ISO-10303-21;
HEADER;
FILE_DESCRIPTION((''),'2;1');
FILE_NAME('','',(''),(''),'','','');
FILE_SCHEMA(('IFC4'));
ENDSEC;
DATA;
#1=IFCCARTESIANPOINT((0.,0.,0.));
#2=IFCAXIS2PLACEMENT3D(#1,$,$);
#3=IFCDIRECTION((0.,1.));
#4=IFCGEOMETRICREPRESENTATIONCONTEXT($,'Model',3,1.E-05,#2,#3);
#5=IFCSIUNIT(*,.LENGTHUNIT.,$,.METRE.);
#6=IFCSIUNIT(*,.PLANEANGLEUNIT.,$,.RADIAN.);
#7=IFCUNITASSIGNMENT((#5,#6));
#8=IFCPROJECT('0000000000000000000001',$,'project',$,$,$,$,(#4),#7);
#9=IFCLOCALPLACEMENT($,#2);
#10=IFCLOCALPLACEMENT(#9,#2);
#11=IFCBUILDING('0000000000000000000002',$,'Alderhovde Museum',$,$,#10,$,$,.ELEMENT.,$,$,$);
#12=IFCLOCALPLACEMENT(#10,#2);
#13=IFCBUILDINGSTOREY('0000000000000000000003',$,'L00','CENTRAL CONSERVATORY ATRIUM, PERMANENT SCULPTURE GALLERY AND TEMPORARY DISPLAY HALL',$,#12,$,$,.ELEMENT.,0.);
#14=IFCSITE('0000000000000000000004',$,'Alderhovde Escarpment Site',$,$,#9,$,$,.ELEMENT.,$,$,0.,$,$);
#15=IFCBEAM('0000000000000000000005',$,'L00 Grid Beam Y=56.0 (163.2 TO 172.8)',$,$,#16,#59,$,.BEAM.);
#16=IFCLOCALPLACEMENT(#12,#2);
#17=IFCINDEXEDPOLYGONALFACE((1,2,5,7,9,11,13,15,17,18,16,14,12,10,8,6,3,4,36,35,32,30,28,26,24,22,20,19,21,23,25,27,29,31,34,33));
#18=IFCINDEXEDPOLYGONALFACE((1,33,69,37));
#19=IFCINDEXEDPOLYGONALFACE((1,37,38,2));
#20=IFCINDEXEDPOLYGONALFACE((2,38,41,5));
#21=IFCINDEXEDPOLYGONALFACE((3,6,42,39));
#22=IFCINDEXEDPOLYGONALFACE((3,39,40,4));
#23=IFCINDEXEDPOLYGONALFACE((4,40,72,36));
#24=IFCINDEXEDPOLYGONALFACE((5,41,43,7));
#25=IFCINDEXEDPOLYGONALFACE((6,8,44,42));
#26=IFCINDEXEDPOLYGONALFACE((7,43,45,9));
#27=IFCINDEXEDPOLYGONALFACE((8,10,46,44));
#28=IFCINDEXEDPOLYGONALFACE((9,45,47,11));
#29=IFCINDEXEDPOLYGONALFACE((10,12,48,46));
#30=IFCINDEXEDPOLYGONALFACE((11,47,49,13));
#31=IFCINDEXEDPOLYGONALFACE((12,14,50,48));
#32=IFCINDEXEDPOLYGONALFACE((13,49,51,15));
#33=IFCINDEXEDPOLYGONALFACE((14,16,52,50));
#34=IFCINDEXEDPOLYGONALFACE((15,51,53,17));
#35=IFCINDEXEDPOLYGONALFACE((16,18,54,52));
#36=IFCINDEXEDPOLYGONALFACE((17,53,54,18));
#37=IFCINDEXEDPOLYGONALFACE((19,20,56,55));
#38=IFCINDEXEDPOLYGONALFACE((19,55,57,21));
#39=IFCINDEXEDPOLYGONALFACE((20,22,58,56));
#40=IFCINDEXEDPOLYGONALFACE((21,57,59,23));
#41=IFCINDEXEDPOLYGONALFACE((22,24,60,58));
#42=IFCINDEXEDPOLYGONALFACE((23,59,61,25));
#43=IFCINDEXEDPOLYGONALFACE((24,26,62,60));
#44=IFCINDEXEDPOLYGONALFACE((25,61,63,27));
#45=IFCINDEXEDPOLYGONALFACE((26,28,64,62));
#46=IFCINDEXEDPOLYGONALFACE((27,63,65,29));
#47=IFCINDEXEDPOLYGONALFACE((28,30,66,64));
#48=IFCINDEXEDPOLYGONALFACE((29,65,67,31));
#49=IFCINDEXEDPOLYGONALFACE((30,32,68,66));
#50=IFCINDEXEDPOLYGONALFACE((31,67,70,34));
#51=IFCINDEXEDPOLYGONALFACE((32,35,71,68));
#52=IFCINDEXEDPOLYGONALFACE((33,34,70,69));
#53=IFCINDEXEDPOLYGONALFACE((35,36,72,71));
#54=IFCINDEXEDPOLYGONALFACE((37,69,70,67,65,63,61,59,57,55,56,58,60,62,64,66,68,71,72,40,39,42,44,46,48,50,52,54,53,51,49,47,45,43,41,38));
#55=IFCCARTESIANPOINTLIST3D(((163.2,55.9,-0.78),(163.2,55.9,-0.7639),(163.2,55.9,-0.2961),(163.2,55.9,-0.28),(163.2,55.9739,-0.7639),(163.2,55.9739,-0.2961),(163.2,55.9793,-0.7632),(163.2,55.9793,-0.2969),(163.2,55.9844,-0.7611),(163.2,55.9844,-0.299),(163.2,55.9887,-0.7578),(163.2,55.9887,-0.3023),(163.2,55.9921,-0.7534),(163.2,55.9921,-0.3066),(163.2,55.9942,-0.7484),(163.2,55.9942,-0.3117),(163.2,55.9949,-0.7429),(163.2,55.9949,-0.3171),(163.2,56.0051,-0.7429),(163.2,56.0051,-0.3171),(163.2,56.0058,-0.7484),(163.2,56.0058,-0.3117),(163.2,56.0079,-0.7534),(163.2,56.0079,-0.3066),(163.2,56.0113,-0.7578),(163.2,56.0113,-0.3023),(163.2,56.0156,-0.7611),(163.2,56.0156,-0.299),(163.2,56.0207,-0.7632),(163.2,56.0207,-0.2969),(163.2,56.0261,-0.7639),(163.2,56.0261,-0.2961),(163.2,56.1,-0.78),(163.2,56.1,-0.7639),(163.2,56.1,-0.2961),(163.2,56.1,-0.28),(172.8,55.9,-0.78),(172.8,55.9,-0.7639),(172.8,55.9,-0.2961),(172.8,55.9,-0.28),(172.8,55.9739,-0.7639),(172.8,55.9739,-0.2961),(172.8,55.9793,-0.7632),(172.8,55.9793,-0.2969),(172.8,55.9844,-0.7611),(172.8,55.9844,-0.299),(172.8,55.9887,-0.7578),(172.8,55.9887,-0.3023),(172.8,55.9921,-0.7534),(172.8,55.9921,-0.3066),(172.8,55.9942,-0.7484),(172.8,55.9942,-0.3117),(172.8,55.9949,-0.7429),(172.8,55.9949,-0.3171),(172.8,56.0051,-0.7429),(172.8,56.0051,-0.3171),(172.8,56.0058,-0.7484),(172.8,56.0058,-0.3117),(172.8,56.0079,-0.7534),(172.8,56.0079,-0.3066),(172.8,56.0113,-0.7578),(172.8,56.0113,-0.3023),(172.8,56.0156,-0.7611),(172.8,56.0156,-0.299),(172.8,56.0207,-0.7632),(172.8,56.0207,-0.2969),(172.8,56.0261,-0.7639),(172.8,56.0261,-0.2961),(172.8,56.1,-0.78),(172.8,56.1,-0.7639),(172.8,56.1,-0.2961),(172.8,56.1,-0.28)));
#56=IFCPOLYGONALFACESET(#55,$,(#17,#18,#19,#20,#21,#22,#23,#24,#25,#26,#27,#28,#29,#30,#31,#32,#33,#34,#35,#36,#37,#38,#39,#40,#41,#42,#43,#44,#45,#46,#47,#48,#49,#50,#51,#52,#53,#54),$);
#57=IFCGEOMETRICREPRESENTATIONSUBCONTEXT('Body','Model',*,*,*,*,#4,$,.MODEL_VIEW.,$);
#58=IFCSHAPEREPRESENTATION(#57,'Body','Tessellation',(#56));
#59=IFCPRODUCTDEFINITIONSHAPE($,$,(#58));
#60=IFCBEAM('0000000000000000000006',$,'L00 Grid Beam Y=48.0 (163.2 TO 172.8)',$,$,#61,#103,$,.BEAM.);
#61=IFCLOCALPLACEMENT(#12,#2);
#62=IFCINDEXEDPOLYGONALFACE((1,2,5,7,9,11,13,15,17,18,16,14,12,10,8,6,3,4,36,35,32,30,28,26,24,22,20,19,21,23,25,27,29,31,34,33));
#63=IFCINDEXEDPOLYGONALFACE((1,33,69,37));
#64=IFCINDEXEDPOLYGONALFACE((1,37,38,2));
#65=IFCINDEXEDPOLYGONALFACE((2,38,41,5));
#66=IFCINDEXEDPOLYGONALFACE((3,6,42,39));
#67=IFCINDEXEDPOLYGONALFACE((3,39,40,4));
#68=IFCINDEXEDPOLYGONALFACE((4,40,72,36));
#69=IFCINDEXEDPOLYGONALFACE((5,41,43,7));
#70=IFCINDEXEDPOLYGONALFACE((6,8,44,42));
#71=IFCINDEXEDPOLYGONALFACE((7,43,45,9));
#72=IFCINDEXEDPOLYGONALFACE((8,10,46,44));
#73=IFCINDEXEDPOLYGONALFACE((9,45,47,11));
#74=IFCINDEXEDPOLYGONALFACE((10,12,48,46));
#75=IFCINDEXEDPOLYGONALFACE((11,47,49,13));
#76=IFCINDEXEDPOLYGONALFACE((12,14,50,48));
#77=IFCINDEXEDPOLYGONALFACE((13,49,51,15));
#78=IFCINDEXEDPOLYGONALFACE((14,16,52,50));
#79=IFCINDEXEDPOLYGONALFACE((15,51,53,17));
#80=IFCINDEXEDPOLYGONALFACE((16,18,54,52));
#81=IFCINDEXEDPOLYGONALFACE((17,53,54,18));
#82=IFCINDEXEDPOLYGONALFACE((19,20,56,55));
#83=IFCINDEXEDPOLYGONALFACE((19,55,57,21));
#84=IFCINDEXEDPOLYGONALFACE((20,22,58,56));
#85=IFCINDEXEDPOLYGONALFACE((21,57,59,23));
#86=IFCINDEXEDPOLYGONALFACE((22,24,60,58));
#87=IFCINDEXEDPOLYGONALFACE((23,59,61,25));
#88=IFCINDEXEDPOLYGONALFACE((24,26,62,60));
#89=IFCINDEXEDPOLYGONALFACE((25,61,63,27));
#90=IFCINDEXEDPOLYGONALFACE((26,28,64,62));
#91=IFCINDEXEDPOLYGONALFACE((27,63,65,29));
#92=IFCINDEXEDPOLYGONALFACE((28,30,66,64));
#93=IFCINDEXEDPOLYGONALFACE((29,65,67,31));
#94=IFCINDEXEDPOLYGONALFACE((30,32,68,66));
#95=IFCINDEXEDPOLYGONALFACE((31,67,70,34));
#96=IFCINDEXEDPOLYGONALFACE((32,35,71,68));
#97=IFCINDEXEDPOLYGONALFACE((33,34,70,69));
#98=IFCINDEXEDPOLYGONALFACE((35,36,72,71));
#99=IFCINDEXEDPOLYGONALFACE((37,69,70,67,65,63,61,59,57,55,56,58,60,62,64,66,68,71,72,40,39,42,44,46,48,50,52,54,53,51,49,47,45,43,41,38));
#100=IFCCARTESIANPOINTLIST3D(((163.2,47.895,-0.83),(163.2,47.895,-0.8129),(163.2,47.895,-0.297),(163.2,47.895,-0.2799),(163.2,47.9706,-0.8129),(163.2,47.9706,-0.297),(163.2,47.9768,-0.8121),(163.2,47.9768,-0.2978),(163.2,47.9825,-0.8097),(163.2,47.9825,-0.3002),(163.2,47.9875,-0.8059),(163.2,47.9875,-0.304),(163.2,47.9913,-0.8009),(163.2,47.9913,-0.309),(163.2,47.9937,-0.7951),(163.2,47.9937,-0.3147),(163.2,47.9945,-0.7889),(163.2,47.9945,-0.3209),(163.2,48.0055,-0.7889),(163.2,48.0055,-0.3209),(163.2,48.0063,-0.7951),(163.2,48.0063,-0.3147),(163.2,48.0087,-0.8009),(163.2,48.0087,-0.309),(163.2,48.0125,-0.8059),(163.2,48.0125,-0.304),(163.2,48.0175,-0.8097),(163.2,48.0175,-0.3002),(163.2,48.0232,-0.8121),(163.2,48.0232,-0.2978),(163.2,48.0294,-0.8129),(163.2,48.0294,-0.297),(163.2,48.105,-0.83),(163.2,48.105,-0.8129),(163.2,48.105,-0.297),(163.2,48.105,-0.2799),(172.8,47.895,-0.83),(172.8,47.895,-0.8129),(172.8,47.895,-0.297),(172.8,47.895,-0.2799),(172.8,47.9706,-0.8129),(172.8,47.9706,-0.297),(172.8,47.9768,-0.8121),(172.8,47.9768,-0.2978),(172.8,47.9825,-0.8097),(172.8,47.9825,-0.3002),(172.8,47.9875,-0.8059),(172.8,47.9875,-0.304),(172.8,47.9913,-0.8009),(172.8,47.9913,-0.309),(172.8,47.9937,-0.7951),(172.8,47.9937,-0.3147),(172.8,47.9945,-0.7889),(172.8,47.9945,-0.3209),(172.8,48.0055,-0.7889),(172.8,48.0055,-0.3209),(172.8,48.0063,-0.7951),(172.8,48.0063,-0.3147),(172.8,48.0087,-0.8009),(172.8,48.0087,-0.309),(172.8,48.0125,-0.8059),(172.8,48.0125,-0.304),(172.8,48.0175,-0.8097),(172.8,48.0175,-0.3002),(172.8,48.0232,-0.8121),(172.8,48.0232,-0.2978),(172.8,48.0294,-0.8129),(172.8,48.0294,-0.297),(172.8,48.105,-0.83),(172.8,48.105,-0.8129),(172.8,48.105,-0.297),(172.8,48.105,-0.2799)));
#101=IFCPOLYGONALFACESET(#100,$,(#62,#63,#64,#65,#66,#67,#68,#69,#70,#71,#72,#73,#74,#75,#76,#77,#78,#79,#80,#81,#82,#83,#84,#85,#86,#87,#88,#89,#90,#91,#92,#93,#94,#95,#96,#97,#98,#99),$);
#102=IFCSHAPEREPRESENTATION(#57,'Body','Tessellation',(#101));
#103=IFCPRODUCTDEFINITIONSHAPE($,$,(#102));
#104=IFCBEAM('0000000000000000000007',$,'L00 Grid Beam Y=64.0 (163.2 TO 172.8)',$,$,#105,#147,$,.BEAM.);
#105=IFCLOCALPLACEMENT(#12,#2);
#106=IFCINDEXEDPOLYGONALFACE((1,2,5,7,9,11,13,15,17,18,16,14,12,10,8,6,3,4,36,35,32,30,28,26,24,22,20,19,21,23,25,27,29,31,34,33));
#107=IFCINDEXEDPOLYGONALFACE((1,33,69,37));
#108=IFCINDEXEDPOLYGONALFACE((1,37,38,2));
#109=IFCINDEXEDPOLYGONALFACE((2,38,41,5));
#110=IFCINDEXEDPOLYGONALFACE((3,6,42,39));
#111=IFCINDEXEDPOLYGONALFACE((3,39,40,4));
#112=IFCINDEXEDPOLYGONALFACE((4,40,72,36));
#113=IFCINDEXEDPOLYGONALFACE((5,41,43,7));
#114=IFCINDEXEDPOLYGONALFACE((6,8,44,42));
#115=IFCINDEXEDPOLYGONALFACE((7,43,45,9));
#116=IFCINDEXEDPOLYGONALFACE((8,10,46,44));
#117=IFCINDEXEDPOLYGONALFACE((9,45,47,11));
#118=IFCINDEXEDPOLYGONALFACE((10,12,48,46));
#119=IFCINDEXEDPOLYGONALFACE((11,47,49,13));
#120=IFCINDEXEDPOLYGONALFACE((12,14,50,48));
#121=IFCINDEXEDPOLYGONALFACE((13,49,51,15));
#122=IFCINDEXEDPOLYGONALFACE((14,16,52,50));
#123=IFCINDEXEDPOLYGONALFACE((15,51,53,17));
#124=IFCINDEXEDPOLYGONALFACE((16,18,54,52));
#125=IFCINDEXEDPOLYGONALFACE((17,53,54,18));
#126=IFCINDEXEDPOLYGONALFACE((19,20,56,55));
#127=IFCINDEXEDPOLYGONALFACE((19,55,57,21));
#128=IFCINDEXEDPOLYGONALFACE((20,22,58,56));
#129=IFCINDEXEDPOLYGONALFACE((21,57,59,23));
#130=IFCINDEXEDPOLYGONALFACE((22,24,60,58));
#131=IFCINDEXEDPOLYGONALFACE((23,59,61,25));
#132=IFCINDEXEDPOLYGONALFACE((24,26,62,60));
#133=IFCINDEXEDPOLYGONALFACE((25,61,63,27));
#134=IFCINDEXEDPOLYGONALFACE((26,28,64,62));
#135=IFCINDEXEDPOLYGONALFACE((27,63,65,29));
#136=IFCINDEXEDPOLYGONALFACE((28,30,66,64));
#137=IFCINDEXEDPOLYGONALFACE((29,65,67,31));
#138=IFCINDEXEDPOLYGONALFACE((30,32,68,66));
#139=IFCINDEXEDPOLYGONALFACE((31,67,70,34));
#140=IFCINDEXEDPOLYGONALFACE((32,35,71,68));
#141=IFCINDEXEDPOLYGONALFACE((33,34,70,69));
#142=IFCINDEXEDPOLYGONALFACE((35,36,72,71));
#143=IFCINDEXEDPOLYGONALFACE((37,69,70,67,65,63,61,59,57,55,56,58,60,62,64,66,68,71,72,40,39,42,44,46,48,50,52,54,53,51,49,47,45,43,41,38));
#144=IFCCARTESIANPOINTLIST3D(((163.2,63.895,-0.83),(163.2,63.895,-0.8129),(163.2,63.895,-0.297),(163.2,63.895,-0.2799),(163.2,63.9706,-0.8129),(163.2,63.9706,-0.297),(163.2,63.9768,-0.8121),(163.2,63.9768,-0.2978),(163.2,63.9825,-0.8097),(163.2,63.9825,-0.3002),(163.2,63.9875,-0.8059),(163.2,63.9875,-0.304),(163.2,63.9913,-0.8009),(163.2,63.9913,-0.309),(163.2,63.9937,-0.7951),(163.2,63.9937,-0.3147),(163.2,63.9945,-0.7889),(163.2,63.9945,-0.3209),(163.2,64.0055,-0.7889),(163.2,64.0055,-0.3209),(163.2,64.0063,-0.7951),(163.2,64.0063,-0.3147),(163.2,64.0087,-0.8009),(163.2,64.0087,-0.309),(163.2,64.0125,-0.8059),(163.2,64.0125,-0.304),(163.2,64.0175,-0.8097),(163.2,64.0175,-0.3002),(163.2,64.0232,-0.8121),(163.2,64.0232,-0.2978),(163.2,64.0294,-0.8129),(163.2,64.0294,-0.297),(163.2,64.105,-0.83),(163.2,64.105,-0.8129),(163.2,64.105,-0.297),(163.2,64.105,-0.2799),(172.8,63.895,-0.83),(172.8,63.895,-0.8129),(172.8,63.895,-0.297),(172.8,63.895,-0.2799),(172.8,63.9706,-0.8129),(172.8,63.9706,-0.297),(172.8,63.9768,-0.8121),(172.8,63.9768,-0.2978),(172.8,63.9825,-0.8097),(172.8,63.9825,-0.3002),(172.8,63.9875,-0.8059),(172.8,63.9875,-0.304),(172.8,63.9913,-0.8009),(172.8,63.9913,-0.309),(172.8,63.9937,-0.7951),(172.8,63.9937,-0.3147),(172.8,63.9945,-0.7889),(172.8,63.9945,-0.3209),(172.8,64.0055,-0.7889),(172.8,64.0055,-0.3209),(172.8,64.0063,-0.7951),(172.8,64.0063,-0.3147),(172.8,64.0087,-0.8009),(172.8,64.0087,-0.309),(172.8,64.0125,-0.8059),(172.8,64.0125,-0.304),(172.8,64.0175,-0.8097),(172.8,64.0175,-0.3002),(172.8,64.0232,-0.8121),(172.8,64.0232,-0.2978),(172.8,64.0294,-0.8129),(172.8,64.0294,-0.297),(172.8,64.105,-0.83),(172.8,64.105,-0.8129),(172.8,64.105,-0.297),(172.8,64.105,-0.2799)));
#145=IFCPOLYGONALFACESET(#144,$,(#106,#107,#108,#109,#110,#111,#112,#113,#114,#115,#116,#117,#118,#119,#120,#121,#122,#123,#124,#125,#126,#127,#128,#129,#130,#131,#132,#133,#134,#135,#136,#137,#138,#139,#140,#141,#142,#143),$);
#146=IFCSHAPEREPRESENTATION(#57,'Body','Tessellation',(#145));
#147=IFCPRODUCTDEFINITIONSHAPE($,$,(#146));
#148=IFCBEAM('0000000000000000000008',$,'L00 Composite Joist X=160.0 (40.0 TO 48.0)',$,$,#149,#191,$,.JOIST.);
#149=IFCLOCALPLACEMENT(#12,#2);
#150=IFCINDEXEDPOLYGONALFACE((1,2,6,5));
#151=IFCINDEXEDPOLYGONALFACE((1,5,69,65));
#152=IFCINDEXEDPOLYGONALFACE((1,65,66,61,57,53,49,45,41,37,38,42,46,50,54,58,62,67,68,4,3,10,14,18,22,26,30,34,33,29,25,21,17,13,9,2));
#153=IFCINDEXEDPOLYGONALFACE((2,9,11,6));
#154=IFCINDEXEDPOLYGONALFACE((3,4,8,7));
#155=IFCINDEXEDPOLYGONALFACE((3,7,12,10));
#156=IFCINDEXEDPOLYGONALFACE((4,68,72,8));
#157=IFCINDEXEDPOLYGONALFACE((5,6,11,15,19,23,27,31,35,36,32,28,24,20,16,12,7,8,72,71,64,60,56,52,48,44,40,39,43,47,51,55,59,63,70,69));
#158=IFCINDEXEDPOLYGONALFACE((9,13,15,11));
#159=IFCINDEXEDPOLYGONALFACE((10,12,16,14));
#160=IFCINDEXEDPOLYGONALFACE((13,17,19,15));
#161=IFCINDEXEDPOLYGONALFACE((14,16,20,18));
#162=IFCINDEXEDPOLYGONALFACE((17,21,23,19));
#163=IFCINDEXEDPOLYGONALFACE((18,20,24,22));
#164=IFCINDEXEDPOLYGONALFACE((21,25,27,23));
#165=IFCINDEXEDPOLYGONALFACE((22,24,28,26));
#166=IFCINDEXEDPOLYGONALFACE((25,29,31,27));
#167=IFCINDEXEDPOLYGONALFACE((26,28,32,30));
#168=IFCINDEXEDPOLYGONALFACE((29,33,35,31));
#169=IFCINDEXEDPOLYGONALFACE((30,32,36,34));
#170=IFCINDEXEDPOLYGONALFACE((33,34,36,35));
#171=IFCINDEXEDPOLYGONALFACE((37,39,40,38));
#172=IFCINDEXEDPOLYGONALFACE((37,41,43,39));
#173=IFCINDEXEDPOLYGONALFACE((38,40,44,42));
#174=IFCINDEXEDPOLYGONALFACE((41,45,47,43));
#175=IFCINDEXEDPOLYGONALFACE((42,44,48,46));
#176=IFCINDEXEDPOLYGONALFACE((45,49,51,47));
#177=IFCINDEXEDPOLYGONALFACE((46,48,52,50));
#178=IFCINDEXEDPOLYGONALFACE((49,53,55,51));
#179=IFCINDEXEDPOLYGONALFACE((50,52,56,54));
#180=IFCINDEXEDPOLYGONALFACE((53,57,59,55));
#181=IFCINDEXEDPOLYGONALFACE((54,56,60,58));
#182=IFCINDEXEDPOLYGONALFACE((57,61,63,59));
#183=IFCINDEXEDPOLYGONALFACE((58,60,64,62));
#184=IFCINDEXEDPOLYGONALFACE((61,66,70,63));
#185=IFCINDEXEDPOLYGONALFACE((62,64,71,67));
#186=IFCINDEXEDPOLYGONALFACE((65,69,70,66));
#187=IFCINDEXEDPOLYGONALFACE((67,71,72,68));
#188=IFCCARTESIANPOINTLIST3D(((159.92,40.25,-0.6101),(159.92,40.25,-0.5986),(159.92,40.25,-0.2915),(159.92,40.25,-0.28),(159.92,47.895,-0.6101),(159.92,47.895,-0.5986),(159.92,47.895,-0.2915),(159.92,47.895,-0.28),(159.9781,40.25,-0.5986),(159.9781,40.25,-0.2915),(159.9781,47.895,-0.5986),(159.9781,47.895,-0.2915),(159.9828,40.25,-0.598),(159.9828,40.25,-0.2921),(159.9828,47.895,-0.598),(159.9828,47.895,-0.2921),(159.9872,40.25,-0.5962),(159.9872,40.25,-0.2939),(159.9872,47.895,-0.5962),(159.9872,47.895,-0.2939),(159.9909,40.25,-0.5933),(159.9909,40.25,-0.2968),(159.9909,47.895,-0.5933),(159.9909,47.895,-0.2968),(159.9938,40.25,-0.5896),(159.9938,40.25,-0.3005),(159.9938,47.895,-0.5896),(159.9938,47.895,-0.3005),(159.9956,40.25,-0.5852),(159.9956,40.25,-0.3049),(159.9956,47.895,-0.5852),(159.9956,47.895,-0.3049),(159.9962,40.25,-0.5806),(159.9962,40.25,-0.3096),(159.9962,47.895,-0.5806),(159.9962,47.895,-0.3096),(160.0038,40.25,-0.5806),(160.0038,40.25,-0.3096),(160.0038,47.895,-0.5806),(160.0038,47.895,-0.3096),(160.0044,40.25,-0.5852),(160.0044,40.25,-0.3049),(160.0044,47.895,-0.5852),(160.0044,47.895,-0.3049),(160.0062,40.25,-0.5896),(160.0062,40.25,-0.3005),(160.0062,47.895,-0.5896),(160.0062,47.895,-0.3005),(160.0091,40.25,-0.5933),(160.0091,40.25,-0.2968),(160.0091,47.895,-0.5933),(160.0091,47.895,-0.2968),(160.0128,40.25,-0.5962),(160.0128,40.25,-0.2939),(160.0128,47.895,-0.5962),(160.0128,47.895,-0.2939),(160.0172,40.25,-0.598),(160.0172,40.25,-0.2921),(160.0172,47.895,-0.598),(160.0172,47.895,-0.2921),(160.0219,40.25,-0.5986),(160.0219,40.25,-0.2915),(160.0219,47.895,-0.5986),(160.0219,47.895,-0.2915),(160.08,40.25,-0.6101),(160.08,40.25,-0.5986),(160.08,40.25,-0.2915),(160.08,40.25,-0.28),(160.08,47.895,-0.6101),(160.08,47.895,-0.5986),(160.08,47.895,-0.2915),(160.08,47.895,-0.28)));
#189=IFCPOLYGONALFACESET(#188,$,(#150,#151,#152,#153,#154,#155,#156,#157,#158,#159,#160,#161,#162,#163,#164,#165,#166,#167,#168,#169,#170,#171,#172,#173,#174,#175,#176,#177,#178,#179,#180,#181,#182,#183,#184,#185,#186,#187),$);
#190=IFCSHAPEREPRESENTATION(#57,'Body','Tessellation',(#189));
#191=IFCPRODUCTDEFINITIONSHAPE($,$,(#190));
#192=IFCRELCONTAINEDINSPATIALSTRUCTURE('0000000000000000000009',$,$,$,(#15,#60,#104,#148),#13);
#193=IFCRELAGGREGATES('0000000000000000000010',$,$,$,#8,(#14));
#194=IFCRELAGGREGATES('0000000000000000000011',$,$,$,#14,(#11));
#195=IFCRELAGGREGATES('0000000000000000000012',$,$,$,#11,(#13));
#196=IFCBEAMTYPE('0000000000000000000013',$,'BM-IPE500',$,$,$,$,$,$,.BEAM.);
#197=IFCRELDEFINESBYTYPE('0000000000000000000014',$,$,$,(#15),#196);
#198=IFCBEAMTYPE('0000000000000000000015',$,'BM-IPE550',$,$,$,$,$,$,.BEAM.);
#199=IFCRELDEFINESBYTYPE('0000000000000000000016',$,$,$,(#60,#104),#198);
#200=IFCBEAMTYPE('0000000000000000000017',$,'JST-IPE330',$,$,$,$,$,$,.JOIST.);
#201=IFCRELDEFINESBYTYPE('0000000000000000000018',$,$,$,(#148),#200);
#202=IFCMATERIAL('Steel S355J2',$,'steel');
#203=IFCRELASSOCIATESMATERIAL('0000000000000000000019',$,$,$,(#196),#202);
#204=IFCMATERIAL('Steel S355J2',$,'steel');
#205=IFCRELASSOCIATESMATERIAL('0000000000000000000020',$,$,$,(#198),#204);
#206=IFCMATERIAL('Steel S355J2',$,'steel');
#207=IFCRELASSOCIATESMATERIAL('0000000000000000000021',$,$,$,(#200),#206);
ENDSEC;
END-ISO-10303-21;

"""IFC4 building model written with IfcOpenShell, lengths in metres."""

from ifc_helpers import new_model, si_unit, direction, frame, origin, origin_2d, place, context, subcontext, project, spatial, i_section, extrude, material, material_profile, profile_set, type_object, element, save


model = new_model("IFC4")

# Units and contexts
model_context = context("Model", 3, precision=1e-05, world=origin(), true_north=direction((0.0, 1.0)))
body_context = subcontext(model_context, "Body", "Model", "MODEL_VIEW")
ifc_project = project(units=[si_unit("LENGTHUNIT", "METRE"), si_unit("PLANEANGLEUNIT", "RADIAN")], contexts=[model_context])

# Site, building, storey
site_placement = place(None, origin())
site = spatial("IfcSite", under=ifc_project, at=site_placement, Name="Alderhovde Escarpment Site", CompositionType="ELEMENT", RefElevation=0.0)
building_placement = place(site_placement, origin())
building = spatial("IfcBuilding", under=site, at=building_placement, Name="Alderhovde Museum", CompositionType="ELEMENT")
storey_placement = place(building_placement, origin())
storey = spatial("IfcBuildingStorey", under=building, at=storey_placement, Name="L00", Description="CENTRAL CONSERVATORY ATRIUM, PERMANENT SCULPTURE GALLERY AND TEMPORARY DISPLAY HALL", CompositionType="ELEMENT", Elevation=0.0)

# Beams
ifc_material_1 = material(Name="Steel S355J2", Category="steel")
ifc_material_profile_1 = material_profile(ifc_material_1, i_section(OverallWidth=0.2, OverallDepth=0.5, WebThickness=0.0103, FlangeThickness=0.0161, FilletRadius=0.021, at=origin_2d()), Name="IPE 500")
ifc_profile_set_1 = profile_set([ifc_material_profile_1], Name="Steel S355J2")
beam_type_1 = type_object("IfcBeamType", Name="BM-IPE500", PredefinedType="BEAM", material=ifc_profile_set_1)
beam_1_placement = place(storey_placement, frame((163.2, 56.0, -0.53), z_axis=(1.0, 0.0, 0.0), x_axis=(0.0, 1.0, 0.0)))
element("IfcBeam", 1, at=beam_1_placement, inside=storey, type_object=beam_type_1, Name="L00 Grid Beam Y=56.0 (163.2 TO 172.8)", PredefinedType="BEAM", context=body_context, shape_type="SweptSolid", body=[
    extrude(i_section(OverallWidth=0.2, OverallDepth=0.5, WebThickness=0.0103, FlangeThickness=0.0161, FilletRadius=0.021, at=origin_2d()), origin(), (0.0, 0.0, 1.0), 9.6001),
])
ifc_material_2 = material(Name="Steel S355J2", Category="steel")
ifc_material_profile_2 = material_profile(ifc_material_2, i_section(OverallWidth=0.21, OverallDepth=0.55, WebThickness=0.011, FlangeThickness=0.0171, FilletRadius=0.0239, at=origin_2d()), Name="IPE 550")
ifc_profile_set_2 = profile_set([ifc_material_profile_2], Name="Steel S355J2")
beam_type_2 = type_object("IfcBeamType", Name="BM-IPE550", PredefinedType="BEAM", material=ifc_profile_set_2)
for number, where, z_axis, x_axis, name in (
    (2, (163.2, 48.0, -0.5549), (1.0, 0.0, 0.0), (0.0, 1.0, 0.0), "L00 Grid Beam Y=48.0 (163.2 TO 172.8)"),
    (3, (163.2, 64.0, -0.5549), (1.0, 0.0, 0.0), (0.0, 1.0, 0.0), "L00 Grid Beam Y=64.0 (163.2 TO 172.8)"),
):
    element("IfcBeam", number, at=place(storey_placement, frame(where, z_axis=z_axis, x_axis=x_axis)), inside=storey, type_object=beam_type_2, Name=name, PredefinedType="BEAM", context=body_context, shape_type="SweptSolid", body=[
        extrude(i_section(OverallWidth=0.21, OverallDepth=0.55, WebThickness=0.011, FlangeThickness=0.0171, FilletRadius=0.0239, at=origin_2d()), origin(), (0.0, 0.0, 1.0), 9.6001),
    ])
ifc_material_3 = material(Name="Steel S355J2", Category="steel")
ifc_material_profile_3 = material_profile(ifc_material_3, i_section(OverallWidth=0.1599, OverallDepth=0.3301, WebThickness=0.0076, FlangeThickness=0.0115, FilletRadius=0.0181, at=origin_2d()), Name="IPE 330")
ifc_profile_set_3 = profile_set([ifc_material_profile_3], Name="Steel S355J2")
beam_type_3 = type_object("IfcBeamType", Name="JST-IPE330", PredefinedType="JOIST", material=ifc_profile_set_3)
beam_2_placement = place(storey_placement, frame((160.0, 40.25, -0.4451), z_axis=(0.0, 1.0, 0.0), x_axis=(-1.0, 0.0, 0.0)))
element("IfcBeam", 4, at=beam_2_placement, inside=storey, type_object=beam_type_3, Name="L00 Composite Joist X=160.0 (40.0 TO 48.0)", PredefinedType="JOIST", context=body_context, shape_type="SweptSolid", body=[
    extrude(i_section(OverallWidth=0.1599, OverallDepth=0.3301, WebThickness=0.0076, FlangeThickness=0.0115, FilletRadius=0.0181, at=origin_2d()), origin(), (0.0, 0.0, 1.0), 7.645),
])

save(model, "model.ifc")
